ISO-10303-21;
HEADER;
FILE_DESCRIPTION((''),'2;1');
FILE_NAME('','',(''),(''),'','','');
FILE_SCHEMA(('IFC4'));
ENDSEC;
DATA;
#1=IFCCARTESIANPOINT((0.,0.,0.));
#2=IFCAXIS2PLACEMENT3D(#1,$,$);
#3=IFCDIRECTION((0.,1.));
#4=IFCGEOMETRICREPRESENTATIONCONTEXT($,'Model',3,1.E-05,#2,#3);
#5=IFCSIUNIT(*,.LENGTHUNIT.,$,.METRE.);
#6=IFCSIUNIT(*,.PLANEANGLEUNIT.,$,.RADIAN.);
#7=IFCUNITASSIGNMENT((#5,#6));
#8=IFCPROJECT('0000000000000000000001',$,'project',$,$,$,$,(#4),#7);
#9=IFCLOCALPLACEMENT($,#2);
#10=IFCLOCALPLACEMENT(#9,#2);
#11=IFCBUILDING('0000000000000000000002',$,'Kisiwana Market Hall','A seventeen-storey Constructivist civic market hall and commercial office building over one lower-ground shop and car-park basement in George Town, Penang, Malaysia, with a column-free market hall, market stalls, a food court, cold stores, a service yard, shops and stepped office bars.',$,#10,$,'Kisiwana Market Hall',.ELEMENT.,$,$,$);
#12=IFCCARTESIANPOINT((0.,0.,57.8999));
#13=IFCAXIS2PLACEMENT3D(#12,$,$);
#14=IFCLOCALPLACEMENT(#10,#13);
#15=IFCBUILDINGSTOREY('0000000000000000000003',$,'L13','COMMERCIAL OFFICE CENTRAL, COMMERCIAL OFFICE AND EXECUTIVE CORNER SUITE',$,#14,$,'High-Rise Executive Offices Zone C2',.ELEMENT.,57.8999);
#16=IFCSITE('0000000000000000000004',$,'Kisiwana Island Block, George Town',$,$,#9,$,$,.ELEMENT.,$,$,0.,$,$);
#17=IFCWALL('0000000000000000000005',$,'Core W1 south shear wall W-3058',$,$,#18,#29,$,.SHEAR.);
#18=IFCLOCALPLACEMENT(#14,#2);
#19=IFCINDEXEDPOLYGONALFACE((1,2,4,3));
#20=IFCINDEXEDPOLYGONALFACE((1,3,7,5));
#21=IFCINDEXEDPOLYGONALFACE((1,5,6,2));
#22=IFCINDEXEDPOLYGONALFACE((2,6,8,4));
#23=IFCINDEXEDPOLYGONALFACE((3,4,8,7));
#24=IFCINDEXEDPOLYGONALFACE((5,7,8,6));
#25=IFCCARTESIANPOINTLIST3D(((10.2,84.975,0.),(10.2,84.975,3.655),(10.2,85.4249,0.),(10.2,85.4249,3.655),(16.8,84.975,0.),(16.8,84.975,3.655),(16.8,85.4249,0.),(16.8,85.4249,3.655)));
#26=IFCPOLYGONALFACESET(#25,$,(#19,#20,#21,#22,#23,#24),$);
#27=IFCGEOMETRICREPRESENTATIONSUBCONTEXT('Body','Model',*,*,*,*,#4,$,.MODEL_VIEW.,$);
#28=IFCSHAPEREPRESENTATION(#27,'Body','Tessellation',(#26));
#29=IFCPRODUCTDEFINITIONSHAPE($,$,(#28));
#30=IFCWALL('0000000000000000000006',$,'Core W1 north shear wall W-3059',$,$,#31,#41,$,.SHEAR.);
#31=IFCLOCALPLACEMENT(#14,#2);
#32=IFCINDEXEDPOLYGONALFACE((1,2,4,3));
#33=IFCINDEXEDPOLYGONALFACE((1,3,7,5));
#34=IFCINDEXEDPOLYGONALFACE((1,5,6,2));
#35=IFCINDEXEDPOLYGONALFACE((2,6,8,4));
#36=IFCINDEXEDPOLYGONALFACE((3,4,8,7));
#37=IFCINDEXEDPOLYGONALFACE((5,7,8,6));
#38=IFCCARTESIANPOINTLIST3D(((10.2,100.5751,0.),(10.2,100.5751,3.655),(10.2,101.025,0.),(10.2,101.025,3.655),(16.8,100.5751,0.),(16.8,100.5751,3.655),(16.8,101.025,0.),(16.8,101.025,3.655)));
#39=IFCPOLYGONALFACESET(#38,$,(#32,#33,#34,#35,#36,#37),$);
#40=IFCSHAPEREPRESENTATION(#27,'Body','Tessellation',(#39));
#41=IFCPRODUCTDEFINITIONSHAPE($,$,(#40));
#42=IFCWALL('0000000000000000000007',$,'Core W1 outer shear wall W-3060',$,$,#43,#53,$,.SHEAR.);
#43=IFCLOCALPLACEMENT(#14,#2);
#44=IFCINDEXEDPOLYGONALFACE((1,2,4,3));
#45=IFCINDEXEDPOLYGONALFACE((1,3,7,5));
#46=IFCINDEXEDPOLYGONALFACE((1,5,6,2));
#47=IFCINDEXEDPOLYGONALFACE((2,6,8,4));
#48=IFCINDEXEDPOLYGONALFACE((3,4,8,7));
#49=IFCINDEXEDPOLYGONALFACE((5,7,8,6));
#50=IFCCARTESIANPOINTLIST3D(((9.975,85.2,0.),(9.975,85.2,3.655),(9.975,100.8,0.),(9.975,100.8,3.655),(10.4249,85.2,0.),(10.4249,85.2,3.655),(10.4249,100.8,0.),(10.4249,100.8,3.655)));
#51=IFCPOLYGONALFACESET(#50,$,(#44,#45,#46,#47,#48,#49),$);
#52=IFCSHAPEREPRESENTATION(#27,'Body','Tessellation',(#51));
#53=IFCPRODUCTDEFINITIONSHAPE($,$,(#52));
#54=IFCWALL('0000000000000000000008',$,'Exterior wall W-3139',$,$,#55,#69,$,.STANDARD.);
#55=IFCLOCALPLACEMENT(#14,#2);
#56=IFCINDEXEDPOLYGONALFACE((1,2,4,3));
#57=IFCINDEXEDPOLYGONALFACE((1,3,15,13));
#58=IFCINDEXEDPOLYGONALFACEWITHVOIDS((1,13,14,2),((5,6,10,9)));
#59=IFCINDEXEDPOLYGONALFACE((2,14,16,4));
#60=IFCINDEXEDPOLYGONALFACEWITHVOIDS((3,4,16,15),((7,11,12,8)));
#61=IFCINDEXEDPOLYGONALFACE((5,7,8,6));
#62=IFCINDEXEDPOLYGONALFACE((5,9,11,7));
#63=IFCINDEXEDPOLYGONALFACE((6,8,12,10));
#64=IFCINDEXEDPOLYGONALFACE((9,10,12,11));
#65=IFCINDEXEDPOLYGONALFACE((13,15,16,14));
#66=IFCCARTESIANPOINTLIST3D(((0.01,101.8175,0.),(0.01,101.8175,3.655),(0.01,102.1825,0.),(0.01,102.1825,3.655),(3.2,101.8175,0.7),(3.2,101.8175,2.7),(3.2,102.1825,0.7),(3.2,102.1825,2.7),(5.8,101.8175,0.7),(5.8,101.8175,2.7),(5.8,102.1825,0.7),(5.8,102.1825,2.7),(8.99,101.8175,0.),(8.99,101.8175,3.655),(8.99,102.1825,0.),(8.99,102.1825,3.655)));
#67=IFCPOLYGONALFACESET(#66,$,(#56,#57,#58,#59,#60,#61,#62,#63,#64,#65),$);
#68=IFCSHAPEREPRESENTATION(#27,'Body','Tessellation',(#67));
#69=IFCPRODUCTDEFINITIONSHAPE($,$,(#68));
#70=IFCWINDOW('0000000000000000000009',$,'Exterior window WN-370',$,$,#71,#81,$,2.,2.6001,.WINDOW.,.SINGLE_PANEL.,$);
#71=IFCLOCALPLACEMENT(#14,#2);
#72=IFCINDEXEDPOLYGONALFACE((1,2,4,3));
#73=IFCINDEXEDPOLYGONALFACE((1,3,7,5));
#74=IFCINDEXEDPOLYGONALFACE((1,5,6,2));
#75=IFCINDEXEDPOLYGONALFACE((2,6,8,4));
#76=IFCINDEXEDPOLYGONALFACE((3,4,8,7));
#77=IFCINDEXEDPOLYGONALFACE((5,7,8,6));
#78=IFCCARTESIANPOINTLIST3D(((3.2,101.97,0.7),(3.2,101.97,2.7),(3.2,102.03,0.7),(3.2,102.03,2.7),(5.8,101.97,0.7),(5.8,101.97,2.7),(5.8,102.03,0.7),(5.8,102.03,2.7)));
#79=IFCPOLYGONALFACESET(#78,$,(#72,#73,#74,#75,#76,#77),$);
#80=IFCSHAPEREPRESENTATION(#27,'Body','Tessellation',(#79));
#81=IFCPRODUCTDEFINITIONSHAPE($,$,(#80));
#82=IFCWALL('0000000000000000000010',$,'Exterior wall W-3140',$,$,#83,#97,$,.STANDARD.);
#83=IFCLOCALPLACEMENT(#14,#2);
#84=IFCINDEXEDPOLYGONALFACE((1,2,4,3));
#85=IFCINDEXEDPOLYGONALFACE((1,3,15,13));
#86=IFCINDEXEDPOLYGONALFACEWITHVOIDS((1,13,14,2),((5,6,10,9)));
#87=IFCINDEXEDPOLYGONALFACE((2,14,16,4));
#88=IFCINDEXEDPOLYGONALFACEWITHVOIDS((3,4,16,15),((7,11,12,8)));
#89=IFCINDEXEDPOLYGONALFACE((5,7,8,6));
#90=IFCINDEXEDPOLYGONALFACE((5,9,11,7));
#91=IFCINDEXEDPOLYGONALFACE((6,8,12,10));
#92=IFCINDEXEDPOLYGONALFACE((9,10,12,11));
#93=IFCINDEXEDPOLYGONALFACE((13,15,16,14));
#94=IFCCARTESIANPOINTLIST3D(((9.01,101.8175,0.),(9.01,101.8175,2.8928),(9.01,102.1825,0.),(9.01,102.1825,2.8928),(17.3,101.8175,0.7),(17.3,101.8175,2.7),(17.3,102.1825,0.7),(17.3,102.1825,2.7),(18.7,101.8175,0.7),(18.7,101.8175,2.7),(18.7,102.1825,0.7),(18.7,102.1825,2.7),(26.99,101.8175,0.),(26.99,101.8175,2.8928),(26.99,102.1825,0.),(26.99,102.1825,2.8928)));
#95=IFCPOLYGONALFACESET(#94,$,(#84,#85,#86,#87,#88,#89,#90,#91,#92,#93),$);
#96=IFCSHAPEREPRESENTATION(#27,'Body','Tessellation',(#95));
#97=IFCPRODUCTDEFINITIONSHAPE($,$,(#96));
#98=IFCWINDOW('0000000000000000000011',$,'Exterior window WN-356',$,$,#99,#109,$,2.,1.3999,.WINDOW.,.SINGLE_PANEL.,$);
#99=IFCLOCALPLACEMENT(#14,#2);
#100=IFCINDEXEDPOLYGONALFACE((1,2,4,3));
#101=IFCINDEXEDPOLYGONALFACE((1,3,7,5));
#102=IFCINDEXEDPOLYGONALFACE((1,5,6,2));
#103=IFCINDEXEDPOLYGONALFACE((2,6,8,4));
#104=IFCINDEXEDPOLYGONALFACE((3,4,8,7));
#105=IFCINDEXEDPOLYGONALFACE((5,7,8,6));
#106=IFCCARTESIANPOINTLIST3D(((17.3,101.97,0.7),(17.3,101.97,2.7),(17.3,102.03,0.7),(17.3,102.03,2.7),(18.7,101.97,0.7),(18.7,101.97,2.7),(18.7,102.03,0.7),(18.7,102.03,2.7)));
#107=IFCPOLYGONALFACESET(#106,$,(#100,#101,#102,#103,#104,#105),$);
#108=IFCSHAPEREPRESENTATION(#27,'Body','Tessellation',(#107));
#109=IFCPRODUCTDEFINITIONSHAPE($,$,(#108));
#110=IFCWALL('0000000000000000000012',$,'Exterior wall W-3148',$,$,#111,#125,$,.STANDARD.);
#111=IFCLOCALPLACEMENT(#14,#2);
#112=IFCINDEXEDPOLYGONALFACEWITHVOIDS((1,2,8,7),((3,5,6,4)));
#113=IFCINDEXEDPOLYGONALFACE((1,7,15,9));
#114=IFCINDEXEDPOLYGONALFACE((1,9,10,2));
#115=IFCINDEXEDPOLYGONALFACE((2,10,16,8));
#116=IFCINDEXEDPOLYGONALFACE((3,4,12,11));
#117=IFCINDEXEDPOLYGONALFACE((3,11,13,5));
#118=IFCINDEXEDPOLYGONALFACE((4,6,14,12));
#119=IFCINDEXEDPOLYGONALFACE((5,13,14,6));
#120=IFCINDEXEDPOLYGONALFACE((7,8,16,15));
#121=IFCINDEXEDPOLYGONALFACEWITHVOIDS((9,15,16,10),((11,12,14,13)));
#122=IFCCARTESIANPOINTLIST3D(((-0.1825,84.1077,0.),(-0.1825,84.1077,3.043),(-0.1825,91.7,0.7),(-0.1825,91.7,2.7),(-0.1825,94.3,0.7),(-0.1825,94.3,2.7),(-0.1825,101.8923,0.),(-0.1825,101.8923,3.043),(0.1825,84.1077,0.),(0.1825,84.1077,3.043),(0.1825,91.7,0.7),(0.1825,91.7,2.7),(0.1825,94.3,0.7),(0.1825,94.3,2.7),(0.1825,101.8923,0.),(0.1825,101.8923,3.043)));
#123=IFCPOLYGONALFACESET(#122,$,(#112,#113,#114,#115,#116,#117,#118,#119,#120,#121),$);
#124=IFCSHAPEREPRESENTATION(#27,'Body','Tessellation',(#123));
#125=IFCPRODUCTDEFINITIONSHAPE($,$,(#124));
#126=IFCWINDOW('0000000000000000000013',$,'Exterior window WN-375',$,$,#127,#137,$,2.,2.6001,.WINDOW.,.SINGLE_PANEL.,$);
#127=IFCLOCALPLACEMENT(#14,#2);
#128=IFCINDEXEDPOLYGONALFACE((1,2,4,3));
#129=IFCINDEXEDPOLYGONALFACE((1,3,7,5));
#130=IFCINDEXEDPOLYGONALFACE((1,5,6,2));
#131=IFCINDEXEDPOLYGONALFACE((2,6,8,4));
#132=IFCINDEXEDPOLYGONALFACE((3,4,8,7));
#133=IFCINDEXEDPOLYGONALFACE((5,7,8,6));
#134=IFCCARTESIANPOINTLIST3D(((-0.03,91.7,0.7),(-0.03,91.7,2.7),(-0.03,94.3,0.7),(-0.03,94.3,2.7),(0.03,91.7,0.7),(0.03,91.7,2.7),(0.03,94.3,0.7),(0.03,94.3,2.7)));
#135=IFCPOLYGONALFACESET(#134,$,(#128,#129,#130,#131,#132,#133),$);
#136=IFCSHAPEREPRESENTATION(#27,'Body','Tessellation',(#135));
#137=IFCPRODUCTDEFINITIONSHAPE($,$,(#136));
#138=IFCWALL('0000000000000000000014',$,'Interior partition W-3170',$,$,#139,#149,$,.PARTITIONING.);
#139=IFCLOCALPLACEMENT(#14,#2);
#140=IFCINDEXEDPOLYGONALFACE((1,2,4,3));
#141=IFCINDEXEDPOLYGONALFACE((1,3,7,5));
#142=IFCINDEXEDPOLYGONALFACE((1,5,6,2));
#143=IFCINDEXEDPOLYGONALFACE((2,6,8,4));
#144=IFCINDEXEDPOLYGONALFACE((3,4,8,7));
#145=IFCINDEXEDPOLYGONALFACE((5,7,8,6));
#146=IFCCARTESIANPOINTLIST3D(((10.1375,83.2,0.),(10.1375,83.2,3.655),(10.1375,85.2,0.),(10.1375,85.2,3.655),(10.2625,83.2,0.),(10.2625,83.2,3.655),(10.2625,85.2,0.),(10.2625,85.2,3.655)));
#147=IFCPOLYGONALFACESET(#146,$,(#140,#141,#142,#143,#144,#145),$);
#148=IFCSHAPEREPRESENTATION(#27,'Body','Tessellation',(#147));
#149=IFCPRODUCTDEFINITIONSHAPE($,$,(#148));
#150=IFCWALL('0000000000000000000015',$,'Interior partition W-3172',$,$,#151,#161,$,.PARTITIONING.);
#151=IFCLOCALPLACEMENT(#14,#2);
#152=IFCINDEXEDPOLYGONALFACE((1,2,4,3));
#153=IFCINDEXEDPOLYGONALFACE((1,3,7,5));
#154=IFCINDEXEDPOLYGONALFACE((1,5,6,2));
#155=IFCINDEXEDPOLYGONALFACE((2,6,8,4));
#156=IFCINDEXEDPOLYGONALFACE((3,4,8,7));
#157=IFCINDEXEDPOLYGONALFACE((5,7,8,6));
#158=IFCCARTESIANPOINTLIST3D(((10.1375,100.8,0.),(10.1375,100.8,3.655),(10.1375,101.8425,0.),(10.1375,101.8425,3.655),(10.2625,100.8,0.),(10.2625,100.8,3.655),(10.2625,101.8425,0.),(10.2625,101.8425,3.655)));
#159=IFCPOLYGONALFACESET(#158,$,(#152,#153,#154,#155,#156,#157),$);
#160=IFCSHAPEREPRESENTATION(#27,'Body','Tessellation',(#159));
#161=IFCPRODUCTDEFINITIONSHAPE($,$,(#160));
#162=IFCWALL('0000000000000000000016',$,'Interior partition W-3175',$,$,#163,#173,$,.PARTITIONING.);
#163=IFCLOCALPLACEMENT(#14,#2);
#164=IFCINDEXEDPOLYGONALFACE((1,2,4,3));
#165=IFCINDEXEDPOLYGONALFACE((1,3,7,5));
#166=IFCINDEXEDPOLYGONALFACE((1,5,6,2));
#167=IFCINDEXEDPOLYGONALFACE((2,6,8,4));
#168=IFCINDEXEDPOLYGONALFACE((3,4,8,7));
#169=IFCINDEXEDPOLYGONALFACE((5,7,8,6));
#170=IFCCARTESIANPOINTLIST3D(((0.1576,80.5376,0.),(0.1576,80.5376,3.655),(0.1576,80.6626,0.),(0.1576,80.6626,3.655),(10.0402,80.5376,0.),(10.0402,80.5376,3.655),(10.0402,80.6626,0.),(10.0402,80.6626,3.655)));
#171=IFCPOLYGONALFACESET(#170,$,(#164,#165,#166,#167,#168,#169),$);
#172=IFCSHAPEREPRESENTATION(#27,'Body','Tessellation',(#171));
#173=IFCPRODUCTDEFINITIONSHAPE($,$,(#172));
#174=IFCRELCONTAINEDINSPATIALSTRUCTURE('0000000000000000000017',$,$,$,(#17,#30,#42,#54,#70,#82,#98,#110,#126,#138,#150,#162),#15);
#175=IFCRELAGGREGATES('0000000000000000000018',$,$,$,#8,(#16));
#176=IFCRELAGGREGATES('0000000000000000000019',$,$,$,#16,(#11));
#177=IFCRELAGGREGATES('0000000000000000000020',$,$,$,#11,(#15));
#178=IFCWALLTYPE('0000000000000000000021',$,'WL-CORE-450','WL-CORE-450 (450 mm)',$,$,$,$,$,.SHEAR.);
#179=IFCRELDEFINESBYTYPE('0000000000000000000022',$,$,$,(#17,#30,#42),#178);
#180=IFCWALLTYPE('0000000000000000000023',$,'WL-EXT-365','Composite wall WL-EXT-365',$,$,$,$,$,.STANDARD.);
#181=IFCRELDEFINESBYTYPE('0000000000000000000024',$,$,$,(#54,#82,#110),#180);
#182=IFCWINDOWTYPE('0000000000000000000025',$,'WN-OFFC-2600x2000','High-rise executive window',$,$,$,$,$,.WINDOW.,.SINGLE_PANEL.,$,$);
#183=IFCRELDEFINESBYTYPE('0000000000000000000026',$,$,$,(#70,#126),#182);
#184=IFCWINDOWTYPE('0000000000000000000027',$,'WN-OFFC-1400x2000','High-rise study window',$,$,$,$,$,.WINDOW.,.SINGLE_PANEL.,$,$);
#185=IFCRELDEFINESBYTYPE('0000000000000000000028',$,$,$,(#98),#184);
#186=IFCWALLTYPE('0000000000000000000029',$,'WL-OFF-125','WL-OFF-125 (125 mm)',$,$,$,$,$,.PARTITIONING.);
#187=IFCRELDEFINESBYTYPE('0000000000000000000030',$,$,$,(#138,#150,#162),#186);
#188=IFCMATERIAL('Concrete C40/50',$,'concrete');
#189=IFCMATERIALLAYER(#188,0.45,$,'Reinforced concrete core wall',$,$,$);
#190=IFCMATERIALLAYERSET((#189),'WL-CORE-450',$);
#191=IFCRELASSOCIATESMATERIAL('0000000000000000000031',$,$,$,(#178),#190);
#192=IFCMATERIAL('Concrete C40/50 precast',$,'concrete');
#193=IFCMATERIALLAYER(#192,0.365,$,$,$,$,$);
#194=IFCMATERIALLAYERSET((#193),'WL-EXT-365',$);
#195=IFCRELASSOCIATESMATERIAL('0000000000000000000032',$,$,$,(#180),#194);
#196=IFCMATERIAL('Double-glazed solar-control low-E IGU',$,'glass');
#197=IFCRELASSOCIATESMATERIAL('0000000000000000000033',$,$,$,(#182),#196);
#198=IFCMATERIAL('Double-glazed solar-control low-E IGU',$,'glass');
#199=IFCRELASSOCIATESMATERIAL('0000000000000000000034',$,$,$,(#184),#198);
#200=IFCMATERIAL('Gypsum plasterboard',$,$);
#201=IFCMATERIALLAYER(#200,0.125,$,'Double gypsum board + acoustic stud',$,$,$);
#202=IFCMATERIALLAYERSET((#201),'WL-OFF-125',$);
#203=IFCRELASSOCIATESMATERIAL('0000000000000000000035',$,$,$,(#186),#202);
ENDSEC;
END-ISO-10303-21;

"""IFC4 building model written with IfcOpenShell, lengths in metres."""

from ifc_helpers import new_model, si_unit, direction, frame, frame_2d, origin, place, context, subcontext, project, spatial, rectangle, extrude, material, layer, layer_set, type_object, element, fill, save


model = new_model("IFC4")

# Units and contexts
model_context = context("Model", 3, precision=1e-05, world=origin(), true_north=direction((0.0, 1.0)))
body_context = subcontext(model_context, "Body", "Model", "MODEL_VIEW")
ifc_project = project(units=[si_unit("LENGTHUNIT", "METRE"), si_unit("PLANEANGLEUNIT", "RADIAN")], contexts=[model_context])

# Site, building, storey
site_placement = place(None, origin())
site = spatial("IfcSite", under=ifc_project, at=site_placement, Name="Kisiwana Island Block, George Town", CompositionType="ELEMENT", RefElevation=0.0)
building_placement = place(site_placement, origin())
building = spatial("IfcBuilding", under=site, at=building_placement, Name="Kisiwana Market Hall", Description="A seventeen-storey Constructivist civic market hall and commercial office building over one lower-ground shop and car-park basement in George Town, Penang, Malaysia, with a column-free market hall, market stalls, a food court, cold stores, a service yard, shops and stepped office bars.", LongName="Kisiwana Market Hall", CompositionType="ELEMENT")
storey_placement = place(building_placement, frame((0.0, 0.0, 57.8999)))
storey = spatial("IfcBuildingStorey", under=building, at=storey_placement, Name="L13", Description="COMMERCIAL OFFICE CENTRAL, COMMERCIAL OFFICE AND EXECUTIVE CORNER SUITE", LongName="High-Rise Executive Offices Zone C2", CompositionType="ELEMENT", Elevation=57.8999)

# Walls
ifc_material_1 = material(Name="Concrete C40/50", Category="concrete")
ifc_layer_1 = layer(ifc_material_1, 0.45, Name="Reinforced concrete core wall")
ifc_layer_set_1 = layer_set([ifc_layer_1], Name="WL-CORE-450")
wall_type_1 = type_object("IfcWallType", Name="WL-CORE-450", Description="WL-CORE-450 (450 mm)", PredefinedType="SHEAR", material=ifc_layer_set_1)
for number, where, z_axis, x_axis, name in (
    (1, (10.2, 85.2, 0.0), (0.0, 0.0, 1.0), (1.0, 0.0, 0.0), "Core W1 south shear wall W-3058"),
    (2, (10.2, 100.8, 0.0), (0.0, 0.0, 1.0), (1.0, 0.0, 0.0), "Core W1 north shear wall W-3059"),
):
    element("IfcWall", number, at=place(storey_placement, frame(where, z_axis=z_axis, x_axis=x_axis)), inside=storey, type_object=wall_type_1, Name=name, PredefinedType="SHEAR", context=body_context, shape_type="SweptSolid", body=[
        extrude(rectangle(XDim=6.6001, YDim=0.45, at=frame_2d((3.3, 0.0))), origin(), (0.0, 0.0, 1.0), 3.655),
    ])
wall_1_placement = place(storey_placement, frame((10.2, 85.2, 0.0), z_axis=(0.0, 0.0, 1.0), x_axis=(0.0, 1.0, 0.0)))
element("IfcWall", 3, at=wall_1_placement, inside=storey, type_object=wall_type_1, Name="Core W1 outer shear wall W-3060", PredefinedType="SHEAR", context=body_context, shape_type="SweptSolid", body=[
    extrude(rectangle(XDim=15.6001, YDim=0.45, at=frame_2d((7.8, 0.0))), origin(), (0.0, 0.0, 1.0), 3.655),
])

# Walls, openings, windows
ifc_material_2 = material(Name="Concrete C40/50 precast", Category="concrete")
ifc_layer_2 = layer(ifc_material_2, 0.365)
ifc_layer_set_2 = layer_set([ifc_layer_2], Name="WL-EXT-365")
wall_type_2 = type_object("IfcWallType", Name="WL-EXT-365", Description="Composite wall WL-EXT-365", PredefinedType="STANDARD", material=ifc_layer_set_2)
wall_2_placement = place(storey_placement, frame((0.01, 102.0, 0.0), z_axis=(0.0, 0.0, 1.0), x_axis=(1.0, 0.0, 0.0)))
wall_2 = element("IfcWall", 4, at=wall_2_placement, inside=storey, type_object=wall_type_2, Name="Exterior wall W-3139", PredefinedType="STANDARD", context=body_context, shape_type="SweptSolid", body=[
    extrude(rectangle(XDim=8.98, YDim=0.365, at=frame_2d((4.49, 0.0))), origin(), (0.0, 0.0, 1.0), 3.655),
])
opening_1_placement = place(wall_2_placement, frame((3.1899, 0.0, 0.7)))
opening_1 = element("IfcOpeningElement", 5, at=opening_1_placement, cuts=wall_2, PredefinedType="OPENING", context=body_context, shape_type="SweptSolid", body=[
    extrude(rectangle(XDim=2.6001, YDim=2.0, at=frame_2d((1.3, 1.0))), frame((0.0, 0.1943, 0.0), z_axis=(0.0, -1.0, 0.0), x_axis=(1.0, 0.0, 0.0)), (0.0, 0.0, 1.0), 0.3889),
])
ifc_material_3 = material(Name="Double-glazed solar-control low-E IGU", Category="glass")
window_type_1 = type_object("IfcWindowType", Name="WN-OFFC-2600x2000", Description="High-rise executive window", PartitioningType="SINGLE_PANEL", PredefinedType="WINDOW", material=ifc_material_3)
window_1_placement = place(opening_1_placement, origin())
window_1 = element("IfcWindow", 6, at=window_1_placement, inside=storey, type_object=window_type_1, Name="Exterior window WN-370", OverallHeight=2.0, OverallWidth=2.6001, PartitioningType="SINGLE_PANEL", PredefinedType="WINDOW", context=body_context, shape_type="SweptSolid", body=[
    extrude(rectangle(XDim=2.6001, YDim=2.0, at=frame_2d((1.3, 1.0))), frame((0.0, 0.03, 0.0), z_axis=(0.0, -1.0, 0.0), x_axis=(1.0, 0.0, 0.0)), (0.0, 0.0, 1.0), 0.0601),
])
fill(opening_1, window_1)
wall_3_placement = place(storey_placement, frame((9.01, 102.0, 0.0), z_axis=(0.0, 0.0, 1.0), x_axis=(1.0, 0.0, 0.0)))
wall_3 = element("IfcWall", 7, at=wall_3_placement, inside=storey, type_object=wall_type_2, Name="Exterior wall W-3140", PredefinedType="STANDARD", context=body_context, shape_type="SweptSolid", body=[
    extrude(rectangle(XDim=17.98, YDim=0.365, at=frame_2d((8.99, 0.0))), origin(), (0.0, 0.0, 1.0), 2.8928),
])
opening_2_placement = place(wall_3_placement, frame((8.29, 0.0, 0.7)))
opening_2 = element("IfcOpeningElement", 8, at=opening_2_placement, cuts=wall_3, PredefinedType="OPENING", context=body_context, shape_type="SweptSolid", body=[
    extrude(rectangle(XDim=1.3999, YDim=2.0, at=frame_2d((0.7, 1.0))), frame((0.0, 0.1943, 0.0), z_axis=(0.0, -1.0, 0.0), x_axis=(1.0, 0.0, 0.0)), (0.0, 0.0, 1.0), 0.3889),
])
ifc_material_4 = material(Name="Double-glazed solar-control low-E IGU", Category="glass")
window_type_2 = type_object("IfcWindowType", Name="WN-OFFC-1400x2000", Description="High-rise study window", PartitioningType="SINGLE_PANEL", PredefinedType="WINDOW", material=ifc_material_4)
window_2_placement = place(opening_2_placement, origin())
window_2 = element("IfcWindow", 9, at=window_2_placement, inside=storey, type_object=window_type_2, Name="Exterior window WN-356", OverallHeight=2.0, OverallWidth=1.3999, PartitioningType="SINGLE_PANEL", PredefinedType="WINDOW", context=body_context, shape_type="SweptSolid", body=[
    extrude(rectangle(XDim=1.3999, YDim=2.0, at=frame_2d((0.7, 1.0))), frame((0.0, 0.03, 0.0), z_axis=(0.0, -1.0, 0.0), x_axis=(1.0, 0.0, 0.0)), (0.0, 0.0, 1.0), 0.0601),
])
fill(opening_2, window_2)
wall_4_placement = place(storey_placement, frame((0.0, 84.1077, 0.0), z_axis=(0.0, 0.0, 1.0), x_axis=(0.0, 1.0, 0.0)))
wall_4 = element("IfcWall", 10, at=wall_4_placement, inside=storey, type_object=wall_type_2, Name="Exterior wall W-3148", PredefinedType="STANDARD", context=body_context, shape_type="SweptSolid", body=[
    extrude(rectangle(XDim=17.7847, YDim=0.365, at=frame_2d((8.8923, 0.0))), origin(), (0.0, 0.0, 1.0), 3.043),
])
opening_3_placement = place(wall_4_placement, frame((7.5923, 0.0, 0.7)))
opening_3 = element("IfcOpeningElement", 11, at=opening_3_placement, cuts=wall_4, PredefinedType="OPENING", context=body_context, shape_type="SweptSolid", body=[
    extrude(rectangle(XDim=2.6001, YDim=2.0, at=frame_2d((1.3, 1.0))), frame((0.0, 0.1943, 0.0), z_axis=(0.0, -1.0, 0.0), x_axis=(1.0, 0.0, 0.0)), (0.0, 0.0, 1.0), 0.3889),
])
window_3_placement = place(opening_3_placement, origin())
window_3 = element("IfcWindow", 12, at=window_3_placement, inside=storey, type_object=window_type_1, Name="Exterior window WN-375", OverallHeight=2.0, OverallWidth=2.6001, PartitioningType="SINGLE_PANEL", PredefinedType="WINDOW", context=body_context, shape_type="SweptSolid", body=[
    extrude(rectangle(XDim=2.6001, YDim=2.0, at=frame_2d((1.3, 1.0))), frame((0.0, 0.03, 0.0), z_axis=(0.0, -1.0, 0.0), x_axis=(1.0, 0.0, 0.0)), (0.0, 0.0, 1.0), 0.0601),
])
fill(opening_3, window_3)

# Walls
ifc_material_5 = material(Name="Gypsum plasterboard")
ifc_layer_3 = layer(ifc_material_5, 0.125, Name="Double gypsum board + acoustic stud")
ifc_layer_set_3 = layer_set([ifc_layer_3], Name="WL-OFF-125")
wall_type_3 = type_object("IfcWallType", Name="WL-OFF-125", Description="WL-OFF-125 (125 mm)", PredefinedType="PARTITIONING", material=ifc_layer_set_3)
wall_5_placement = place(storey_placement, frame((10.2, 83.2, 0.0), z_axis=(0.0, 0.0, 1.0), x_axis=(0.0, 1.0, 0.0)))
element("IfcWall", 13, at=wall_5_placement, inside=storey, type_object=wall_type_3, Name="Interior partition W-3170", PredefinedType="PARTITIONING", context=body_context, shape_type="SweptSolid", body=[
    extrude(rectangle(XDim=2.0, YDim=0.125, at=frame_2d((1.0, 0.0))), origin(), (0.0, 0.0, 1.0), 3.655),
])
wall_6_placement = place(storey_placement, frame((10.2, 100.8, 0.0), z_axis=(0.0, 0.0, 1.0), x_axis=(0.0, 1.0, 0.0)))
element("IfcWall", 14, at=wall_6_placement, inside=storey, type_object=wall_type_3, Name="Interior partition W-3172", PredefinedType="PARTITIONING", context=body_context, shape_type="SweptSolid", body=[
    extrude(rectangle(XDim=1.0425, YDim=0.125, at=frame_2d((0.5212, 0.0))), origin(), (0.0, 0.0, 1.0), 3.655),
])
wall_7_placement = place(storey_placement, frame((0.1575, 80.6001, 0.0), z_axis=(0.0, 0.0, 1.0), x_axis=(1.0, 0.0, 0.0)))
element("IfcWall", 15, at=wall_7_placement, inside=storey, type_object=wall_type_3, Name="Interior partition W-3175", PredefinedType="PARTITIONING", context=body_context, shape_type="SweptSolid", body=[
    extrude(rectangle(XDim=9.8826, YDim=0.125, at=frame_2d((4.9414, 0.0))), origin(), (0.0, 0.0, 1.0), 3.655),
])

save(model, "model.ifc")
